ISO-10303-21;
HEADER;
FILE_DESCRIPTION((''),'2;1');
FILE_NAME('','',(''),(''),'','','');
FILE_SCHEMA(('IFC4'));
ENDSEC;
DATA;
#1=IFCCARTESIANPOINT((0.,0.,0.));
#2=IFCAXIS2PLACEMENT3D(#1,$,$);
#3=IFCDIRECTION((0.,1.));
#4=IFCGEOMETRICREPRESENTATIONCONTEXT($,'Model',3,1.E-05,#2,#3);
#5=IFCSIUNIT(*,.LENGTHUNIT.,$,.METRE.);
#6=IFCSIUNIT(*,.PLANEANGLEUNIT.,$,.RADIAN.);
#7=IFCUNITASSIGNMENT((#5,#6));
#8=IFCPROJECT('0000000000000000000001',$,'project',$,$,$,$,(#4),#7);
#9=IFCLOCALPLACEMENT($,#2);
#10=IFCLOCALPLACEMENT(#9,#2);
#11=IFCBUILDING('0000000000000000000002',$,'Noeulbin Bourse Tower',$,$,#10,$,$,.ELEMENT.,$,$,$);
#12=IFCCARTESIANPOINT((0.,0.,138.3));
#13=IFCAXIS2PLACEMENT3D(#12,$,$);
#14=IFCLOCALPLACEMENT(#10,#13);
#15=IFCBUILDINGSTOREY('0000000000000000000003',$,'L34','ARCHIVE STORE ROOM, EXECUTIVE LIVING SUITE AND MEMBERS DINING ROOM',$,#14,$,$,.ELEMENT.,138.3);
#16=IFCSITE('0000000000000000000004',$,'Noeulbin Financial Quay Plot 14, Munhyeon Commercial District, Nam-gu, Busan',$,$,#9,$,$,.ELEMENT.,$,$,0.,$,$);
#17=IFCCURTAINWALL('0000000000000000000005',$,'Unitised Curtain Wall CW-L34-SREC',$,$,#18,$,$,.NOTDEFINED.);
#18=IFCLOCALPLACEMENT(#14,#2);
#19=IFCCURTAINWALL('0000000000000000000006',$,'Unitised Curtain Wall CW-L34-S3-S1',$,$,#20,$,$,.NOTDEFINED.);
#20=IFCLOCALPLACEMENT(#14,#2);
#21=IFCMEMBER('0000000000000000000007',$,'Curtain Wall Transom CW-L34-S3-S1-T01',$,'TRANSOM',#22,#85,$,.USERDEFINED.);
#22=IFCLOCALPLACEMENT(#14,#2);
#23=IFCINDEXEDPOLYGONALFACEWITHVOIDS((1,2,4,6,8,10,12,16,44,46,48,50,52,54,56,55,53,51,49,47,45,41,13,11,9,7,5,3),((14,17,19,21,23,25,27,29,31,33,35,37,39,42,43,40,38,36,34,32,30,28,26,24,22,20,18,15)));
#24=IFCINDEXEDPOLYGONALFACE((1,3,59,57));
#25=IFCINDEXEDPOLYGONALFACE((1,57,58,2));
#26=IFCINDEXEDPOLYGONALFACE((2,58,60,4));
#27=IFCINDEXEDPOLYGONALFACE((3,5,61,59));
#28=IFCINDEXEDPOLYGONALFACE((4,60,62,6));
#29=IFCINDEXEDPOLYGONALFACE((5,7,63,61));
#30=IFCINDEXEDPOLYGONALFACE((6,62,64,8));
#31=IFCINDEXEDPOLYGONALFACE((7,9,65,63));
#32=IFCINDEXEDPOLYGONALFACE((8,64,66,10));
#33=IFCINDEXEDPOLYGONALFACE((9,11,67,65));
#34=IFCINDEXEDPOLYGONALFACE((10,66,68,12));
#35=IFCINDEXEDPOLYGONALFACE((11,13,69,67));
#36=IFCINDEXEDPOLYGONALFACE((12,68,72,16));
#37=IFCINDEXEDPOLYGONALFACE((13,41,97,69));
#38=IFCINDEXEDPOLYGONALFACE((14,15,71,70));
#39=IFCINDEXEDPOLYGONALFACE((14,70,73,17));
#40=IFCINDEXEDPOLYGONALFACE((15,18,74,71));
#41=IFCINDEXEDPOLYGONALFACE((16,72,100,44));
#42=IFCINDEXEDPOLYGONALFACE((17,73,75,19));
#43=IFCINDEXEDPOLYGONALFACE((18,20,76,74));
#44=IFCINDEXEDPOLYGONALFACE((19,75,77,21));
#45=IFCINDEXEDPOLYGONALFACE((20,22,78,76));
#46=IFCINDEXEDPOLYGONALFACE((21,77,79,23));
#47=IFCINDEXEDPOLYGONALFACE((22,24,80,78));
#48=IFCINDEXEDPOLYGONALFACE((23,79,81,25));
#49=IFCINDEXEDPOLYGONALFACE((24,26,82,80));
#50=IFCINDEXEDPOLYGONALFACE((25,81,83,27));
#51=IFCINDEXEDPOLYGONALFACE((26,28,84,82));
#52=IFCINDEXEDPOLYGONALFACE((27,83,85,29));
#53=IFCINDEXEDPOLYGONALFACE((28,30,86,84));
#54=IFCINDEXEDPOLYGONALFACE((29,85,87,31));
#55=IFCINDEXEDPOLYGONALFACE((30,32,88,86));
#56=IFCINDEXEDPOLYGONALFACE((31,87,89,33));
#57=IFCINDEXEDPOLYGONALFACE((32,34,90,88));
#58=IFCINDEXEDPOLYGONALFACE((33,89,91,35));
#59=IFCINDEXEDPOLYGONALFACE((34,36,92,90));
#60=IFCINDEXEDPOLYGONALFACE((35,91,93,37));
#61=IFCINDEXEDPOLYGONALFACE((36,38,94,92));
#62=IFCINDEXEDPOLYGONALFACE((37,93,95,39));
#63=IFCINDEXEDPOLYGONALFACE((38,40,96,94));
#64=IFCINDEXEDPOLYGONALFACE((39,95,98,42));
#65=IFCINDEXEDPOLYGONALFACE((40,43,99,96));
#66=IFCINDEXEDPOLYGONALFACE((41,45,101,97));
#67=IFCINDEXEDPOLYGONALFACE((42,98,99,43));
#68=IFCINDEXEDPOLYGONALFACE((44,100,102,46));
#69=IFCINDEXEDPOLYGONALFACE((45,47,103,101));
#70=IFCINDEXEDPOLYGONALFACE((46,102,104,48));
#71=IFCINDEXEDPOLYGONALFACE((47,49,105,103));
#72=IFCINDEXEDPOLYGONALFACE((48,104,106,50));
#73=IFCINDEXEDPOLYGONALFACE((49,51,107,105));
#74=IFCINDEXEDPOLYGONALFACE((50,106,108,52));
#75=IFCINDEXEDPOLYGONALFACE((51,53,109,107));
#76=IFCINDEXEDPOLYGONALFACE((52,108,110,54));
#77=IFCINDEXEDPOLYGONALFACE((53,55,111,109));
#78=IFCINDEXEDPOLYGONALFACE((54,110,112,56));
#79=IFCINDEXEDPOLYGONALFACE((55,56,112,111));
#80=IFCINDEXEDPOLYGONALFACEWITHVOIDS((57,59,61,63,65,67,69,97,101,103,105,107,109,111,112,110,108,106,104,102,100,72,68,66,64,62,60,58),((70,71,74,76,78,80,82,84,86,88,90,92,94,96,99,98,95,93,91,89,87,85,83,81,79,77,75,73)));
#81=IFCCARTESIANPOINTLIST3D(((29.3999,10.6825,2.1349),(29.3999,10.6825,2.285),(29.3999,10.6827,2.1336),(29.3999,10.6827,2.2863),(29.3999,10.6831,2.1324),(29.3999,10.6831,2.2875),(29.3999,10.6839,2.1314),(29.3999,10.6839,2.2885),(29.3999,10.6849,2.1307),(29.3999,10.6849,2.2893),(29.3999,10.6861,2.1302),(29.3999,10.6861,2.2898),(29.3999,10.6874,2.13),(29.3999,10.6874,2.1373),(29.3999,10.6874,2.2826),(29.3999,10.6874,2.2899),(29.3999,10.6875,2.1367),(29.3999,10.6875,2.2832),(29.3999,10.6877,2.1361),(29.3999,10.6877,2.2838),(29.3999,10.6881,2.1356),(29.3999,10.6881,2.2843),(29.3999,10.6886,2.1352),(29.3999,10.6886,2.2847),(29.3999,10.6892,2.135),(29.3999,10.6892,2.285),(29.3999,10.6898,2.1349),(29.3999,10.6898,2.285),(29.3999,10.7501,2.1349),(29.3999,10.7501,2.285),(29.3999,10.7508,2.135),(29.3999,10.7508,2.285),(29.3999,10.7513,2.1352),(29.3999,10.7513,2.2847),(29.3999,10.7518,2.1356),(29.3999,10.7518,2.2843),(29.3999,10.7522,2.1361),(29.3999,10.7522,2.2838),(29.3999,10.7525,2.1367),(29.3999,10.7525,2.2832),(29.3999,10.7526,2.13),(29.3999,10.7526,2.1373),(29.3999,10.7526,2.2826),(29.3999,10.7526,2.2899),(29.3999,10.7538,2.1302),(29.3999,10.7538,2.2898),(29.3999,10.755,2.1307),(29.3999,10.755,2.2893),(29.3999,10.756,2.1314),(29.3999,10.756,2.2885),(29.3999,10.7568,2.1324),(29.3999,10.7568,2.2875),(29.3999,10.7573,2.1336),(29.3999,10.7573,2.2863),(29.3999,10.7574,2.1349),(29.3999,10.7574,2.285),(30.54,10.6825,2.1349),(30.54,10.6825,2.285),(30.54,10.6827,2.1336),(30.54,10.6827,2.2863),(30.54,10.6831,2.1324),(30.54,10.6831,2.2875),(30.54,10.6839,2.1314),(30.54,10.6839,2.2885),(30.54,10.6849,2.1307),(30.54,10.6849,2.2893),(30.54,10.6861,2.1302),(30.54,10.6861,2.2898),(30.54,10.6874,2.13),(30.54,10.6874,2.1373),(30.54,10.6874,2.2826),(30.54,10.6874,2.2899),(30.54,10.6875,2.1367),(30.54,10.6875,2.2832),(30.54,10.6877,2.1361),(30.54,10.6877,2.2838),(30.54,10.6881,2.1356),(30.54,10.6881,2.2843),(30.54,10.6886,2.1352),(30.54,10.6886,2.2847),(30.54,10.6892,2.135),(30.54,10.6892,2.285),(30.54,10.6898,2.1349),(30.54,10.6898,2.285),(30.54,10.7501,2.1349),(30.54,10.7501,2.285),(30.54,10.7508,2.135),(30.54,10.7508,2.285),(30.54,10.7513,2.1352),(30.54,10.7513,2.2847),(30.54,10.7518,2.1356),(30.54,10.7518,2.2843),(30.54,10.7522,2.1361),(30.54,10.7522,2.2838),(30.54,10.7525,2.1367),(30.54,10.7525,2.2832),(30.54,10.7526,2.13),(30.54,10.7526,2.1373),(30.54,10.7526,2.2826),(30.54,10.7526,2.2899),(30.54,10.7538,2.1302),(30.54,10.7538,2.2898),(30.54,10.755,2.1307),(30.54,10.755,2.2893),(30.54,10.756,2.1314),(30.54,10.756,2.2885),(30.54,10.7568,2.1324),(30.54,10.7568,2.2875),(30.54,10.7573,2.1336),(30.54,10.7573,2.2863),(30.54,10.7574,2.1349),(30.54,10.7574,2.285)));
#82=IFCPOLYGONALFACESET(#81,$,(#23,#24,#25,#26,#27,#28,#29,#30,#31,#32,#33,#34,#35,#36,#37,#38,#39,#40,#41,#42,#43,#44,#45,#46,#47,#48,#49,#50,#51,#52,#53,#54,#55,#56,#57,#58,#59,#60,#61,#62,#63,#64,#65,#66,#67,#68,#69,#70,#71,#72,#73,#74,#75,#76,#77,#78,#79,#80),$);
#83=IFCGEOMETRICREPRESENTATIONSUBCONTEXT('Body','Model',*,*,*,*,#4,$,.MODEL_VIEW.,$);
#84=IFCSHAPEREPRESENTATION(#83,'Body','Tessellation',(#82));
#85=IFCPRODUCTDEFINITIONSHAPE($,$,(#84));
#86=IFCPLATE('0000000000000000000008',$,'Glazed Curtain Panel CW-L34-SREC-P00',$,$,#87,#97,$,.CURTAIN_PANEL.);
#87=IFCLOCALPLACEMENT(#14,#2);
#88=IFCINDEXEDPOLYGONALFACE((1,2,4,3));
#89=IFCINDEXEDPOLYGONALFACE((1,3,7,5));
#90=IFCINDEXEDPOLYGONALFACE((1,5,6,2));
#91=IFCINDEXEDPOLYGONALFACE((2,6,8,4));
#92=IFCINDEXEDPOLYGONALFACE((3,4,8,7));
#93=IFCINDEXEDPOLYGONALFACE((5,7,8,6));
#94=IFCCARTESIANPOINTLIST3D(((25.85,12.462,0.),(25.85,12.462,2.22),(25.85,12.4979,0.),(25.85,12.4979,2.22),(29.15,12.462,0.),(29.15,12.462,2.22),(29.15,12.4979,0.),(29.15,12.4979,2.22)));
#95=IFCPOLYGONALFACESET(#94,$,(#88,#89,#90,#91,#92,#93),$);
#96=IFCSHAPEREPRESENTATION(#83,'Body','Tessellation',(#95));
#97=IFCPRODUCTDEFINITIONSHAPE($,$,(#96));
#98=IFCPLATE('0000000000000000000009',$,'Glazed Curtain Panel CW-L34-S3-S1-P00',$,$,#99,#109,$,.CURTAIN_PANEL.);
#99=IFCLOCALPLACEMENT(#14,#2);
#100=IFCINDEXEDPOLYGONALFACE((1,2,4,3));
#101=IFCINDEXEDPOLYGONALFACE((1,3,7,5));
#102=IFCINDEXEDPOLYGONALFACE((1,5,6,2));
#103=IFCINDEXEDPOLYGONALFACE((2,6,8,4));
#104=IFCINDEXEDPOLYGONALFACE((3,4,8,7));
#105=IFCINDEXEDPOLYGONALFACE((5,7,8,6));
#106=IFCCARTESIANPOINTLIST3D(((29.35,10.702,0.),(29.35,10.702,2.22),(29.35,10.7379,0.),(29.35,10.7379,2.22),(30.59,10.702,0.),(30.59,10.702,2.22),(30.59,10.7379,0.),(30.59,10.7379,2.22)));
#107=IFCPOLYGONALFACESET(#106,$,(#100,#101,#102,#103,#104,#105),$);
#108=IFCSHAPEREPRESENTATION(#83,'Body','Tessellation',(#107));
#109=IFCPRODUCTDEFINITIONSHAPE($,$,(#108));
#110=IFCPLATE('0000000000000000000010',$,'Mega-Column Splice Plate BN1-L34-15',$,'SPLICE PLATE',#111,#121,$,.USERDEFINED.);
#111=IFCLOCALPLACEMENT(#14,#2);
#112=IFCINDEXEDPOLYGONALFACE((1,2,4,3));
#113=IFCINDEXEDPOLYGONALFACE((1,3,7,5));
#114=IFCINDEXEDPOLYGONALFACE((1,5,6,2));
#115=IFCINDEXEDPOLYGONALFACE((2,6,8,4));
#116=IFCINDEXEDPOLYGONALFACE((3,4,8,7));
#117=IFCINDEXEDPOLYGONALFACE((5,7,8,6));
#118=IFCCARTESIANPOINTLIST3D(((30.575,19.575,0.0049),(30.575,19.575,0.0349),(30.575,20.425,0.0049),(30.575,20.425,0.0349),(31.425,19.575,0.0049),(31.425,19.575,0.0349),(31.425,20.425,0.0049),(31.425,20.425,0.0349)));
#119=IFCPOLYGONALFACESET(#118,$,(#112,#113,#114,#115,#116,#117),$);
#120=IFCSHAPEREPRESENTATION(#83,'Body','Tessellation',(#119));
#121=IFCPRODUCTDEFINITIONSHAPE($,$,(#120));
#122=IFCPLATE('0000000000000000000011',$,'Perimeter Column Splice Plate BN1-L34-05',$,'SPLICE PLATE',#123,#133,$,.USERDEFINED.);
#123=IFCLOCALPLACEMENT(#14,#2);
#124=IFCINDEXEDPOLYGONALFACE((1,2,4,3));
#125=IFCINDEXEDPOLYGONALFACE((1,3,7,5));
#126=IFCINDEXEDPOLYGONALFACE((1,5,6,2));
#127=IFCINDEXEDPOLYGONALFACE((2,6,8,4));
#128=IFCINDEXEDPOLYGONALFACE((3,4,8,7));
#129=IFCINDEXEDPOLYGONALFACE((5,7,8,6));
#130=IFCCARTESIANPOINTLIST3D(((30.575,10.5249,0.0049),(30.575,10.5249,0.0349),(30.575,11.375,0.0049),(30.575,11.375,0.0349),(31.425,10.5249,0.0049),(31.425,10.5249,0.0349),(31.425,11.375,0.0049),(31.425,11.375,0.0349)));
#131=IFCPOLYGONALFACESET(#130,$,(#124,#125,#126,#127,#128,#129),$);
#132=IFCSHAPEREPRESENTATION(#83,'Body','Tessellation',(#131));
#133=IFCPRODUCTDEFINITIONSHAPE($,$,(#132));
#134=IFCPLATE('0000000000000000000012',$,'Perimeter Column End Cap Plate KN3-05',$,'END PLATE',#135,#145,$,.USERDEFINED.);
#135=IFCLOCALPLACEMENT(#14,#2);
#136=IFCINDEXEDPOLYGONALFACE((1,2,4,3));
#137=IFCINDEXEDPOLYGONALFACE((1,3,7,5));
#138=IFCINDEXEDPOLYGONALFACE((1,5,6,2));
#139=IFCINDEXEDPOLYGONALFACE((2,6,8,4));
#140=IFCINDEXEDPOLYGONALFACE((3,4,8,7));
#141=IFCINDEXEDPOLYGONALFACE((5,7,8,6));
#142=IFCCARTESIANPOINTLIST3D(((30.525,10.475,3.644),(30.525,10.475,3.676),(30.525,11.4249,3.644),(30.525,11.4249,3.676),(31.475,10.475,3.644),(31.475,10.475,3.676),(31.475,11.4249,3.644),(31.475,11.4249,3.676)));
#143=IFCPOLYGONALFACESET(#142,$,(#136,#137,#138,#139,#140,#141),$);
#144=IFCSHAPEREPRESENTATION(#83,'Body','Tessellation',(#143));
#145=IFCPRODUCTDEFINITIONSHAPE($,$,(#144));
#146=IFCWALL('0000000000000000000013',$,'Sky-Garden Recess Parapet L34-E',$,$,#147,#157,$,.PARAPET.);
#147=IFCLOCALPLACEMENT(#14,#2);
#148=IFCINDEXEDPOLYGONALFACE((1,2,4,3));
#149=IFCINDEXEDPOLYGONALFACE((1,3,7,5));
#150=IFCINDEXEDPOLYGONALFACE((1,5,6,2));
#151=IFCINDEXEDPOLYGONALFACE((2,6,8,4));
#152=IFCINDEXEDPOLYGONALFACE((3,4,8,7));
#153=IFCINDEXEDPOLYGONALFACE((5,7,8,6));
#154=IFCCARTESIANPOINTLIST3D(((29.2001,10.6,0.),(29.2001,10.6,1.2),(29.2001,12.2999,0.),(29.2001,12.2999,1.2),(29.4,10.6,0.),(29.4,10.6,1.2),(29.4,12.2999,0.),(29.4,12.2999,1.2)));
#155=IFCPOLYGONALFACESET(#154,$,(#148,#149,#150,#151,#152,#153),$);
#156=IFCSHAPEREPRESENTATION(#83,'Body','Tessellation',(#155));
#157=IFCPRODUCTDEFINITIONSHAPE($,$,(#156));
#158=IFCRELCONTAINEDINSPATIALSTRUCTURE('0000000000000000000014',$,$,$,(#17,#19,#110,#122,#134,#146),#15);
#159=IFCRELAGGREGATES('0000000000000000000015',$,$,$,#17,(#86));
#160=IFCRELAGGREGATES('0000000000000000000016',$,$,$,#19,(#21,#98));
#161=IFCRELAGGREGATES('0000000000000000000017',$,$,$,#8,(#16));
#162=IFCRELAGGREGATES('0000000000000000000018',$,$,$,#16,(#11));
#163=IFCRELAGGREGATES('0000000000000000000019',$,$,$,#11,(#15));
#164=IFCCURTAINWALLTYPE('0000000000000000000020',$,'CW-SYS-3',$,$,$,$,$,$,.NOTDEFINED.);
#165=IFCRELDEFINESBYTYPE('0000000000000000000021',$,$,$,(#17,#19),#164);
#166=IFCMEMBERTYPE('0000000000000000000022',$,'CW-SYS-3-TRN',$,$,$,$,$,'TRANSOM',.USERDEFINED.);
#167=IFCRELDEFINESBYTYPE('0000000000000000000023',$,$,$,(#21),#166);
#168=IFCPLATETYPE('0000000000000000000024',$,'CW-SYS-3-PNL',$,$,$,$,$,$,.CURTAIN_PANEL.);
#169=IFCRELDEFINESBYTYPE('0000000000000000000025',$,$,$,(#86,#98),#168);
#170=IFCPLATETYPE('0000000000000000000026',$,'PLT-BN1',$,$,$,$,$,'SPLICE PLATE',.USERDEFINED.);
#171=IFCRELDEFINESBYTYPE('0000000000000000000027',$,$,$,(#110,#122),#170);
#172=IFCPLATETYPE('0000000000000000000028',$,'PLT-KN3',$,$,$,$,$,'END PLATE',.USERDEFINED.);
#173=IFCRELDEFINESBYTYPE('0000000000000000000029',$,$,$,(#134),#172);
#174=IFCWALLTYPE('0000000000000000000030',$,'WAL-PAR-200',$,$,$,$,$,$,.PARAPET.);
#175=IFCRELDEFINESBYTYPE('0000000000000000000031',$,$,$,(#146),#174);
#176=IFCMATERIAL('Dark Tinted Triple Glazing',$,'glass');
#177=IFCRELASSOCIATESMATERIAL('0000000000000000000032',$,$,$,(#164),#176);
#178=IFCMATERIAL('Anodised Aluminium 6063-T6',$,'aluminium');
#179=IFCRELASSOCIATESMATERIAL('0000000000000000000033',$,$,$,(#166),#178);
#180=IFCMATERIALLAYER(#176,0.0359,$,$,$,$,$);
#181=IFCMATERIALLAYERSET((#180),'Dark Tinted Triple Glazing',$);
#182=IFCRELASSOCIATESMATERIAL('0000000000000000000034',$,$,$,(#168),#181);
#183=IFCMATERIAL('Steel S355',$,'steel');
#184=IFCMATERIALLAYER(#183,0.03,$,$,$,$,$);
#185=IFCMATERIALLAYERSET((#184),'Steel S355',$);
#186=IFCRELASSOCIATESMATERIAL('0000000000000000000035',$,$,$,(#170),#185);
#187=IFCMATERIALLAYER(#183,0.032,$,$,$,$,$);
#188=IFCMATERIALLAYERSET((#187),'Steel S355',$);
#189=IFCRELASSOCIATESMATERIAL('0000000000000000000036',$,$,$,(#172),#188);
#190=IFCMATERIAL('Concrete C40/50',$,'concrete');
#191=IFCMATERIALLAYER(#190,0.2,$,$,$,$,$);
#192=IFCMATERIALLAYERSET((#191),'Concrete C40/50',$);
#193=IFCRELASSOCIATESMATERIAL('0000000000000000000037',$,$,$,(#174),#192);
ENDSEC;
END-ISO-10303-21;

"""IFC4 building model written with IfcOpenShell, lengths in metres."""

from ifc_helpers import new_model, si_unit, direction, frame, frame_2d, origin, origin_2d, place, context, subcontext, project, spatial, rectangle, hollow_rectangle, extrude, material, layer, layer_set, material_profile, profile_set, type_object, element, aggregate, save


model = new_model("IFC4")

# Units and contexts
model_context = context("Model", 3, precision=1e-05, world=origin(), true_north=direction((0.0, 1.0)))
body_context = subcontext(model_context, "Body", "Model", "MODEL_VIEW")
ifc_project = project(units=[si_unit("LENGTHUNIT", "METRE"), si_unit("PLANEANGLEUNIT", "RADIAN")], contexts=[model_context])

# Site, building, storey
site_placement = place(None, origin())
site = spatial("IfcSite", under=ifc_project, at=site_placement, Name="Noeulbin Financial Quay Plot 14, Munhyeon Commercial District, Nam-gu, Busan", CompositionType="ELEMENT", RefElevation=0.0)
building_placement = place(site_placement, origin())
building = spatial("IfcBuilding", under=site, at=building_placement, Name="Noeulbin Bourse Tower", CompositionType="ELEMENT")
storey_placement = place(building_placement, frame((0.0, 0.0, 138.3)))
storey = spatial("IfcBuildingStorey", under=building, at=storey_placement, Name="L34", Description="ARCHIVE STORE ROOM, EXECUTIVE LIVING SUITE AND MEMBERS DINING ROOM", CompositionType="ELEMENT", Elevation=138.3)

# Shared definitions
ifc_material_1 = material(Name="Steel S355", Category="steel")

# Curtain wall
ifc_material_2 = material(Name="Dark Tinted Triple Glazing", Category="glass")
curtain_wall_type = type_object("IfcCurtainWallType", Name="CW-SYS-3", PredefinedType="NOTDEFINED", material=ifc_material_2)
curtain_wall_1_placement = place(storey_placement, origin())
curtain_wall_1 = element("IfcCurtainWall", 1, at=curtain_wall_1_placement, inside=storey, type_object=curtain_wall_type, Name="Unitised Curtain Wall CW-L34-SREC", PredefinedType="NOTDEFINED")
ifc_material_3 = material(Name="Anodised Aluminium 6063-T6", Category="aluminium")

# Curtain wall, member
curtain_wall_2_placement = place(storey_placement, origin())
curtain_wall_2 = element("IfcCurtainWall", 2, at=curtain_wall_2_placement, inside=storey, type_object=curtain_wall_type, Name="Unitised Curtain Wall CW-L34-S3-S1", PredefinedType="NOTDEFINED")
ifc_material_profile_1 = material_profile(ifc_material_3, hollow_rectangle(XDim=0.075, YDim=0.1599, WallThickness=0.0049, InnerFilletRadius=0.0024, OuterFilletRadius=0.0049, at=origin_2d()), Name="ALU-TRAN-75x160x5", Category="LoadBearing")
ifc_profile_set_1 = profile_set([ifc_material_profile_1], Name="Anodised Aluminium 6063-T6")
member_type_1 = type_object("IfcMemberType", Name="CW-SYS-3-TRN", ElementType="TRANSOM", PredefinedType="USERDEFINED", material=ifc_profile_set_1)
member_1_placement = place(storey_placement, frame((29.3999, 10.72, 2.21), z_axis=(1.0, 0.0, 0.0), x_axis=(0.0, 1.0, 0.0)))
member_1 = element("IfcMember", 3, at=member_1_placement, type_object=member_type_1, Name="Curtain Wall Transom CW-L34-S3-S1-T01", ObjectType="TRANSOM", PredefinedType="USERDEFINED", context=body_context, shape_type="SweptSolid", body=[
    extrude(hollow_rectangle(XDim=0.075, YDim=0.1599, WallThickness=0.0049, InnerFilletRadius=0.0024, OuterFilletRadius=0.0049, at=origin_2d()), origin(), (0.0, 0.0, 1.0), 1.1401),
])

# Plates
ifc_layer_1 = layer(ifc_material_2, 0.0359)
ifc_layer_set_1 = layer_set([ifc_layer_1], Name="Dark Tinted Triple Glazing")
plate_type_1 = type_object("IfcPlateType", Name="CW-SYS-3-PNL", PredefinedType="CURTAIN_PANEL", material=ifc_layer_set_1)
plate_1_placement = place(storey_placement, frame((27.5, 12.48, 0.0), z_axis=(0.0, 0.0, 1.0), x_axis=(1.0, 0.0, 0.0)))
plate_1 = element("IfcPlate", 4, at=plate_1_placement, type_object=plate_type_1, Name="Glazed Curtain Panel CW-L34-SREC-P00", PredefinedType="CURTAIN_PANEL", context=body_context, shape_type="SweptSolid", body=[
    extrude(rectangle(XDim=3.3, YDim=0.0359, at=origin_2d()), origin(), (0.0, 0.0, 1.0), 2.22),
])
aggregate(curtain_wall_1, [plate_1])
plate_2_placement = place(storey_placement, frame((29.97, 10.72, 0.0), z_axis=(0.0, 0.0, 1.0), x_axis=(1.0, 0.0, 0.0)))
plate_2 = element("IfcPlate", 5, at=plate_2_placement, type_object=plate_type_1, Name="Glazed Curtain Panel CW-L34-S3-S1-P00", PredefinedType="CURTAIN_PANEL", context=body_context, shape_type="SweptSolid", body=[
    extrude(rectangle(XDim=1.24, YDim=0.0359, at=origin_2d()), origin(), (0.0, 0.0, 1.0), 2.22),
])
aggregate(curtain_wall_2, [member_1, plate_2])

# Plates
ifc_layer_2 = layer(ifc_material_1, 0.03)
ifc_layer_set_2 = layer_set([ifc_layer_2], Name="Steel S355")
plate_type_2 = type_object("IfcPlateType", Name="PLT-BN1", ElementType="SPLICE PLATE", PredefinedType="USERDEFINED", material=ifc_layer_set_2)
for number, where, z_axis, x_axis, name in (
    (6, (31.0, 20.0, 0.0049), (0.0, 0.0, 1.0), (1.0, 0.0, 0.0), "Mega-Column Splice Plate BN1-L34-15"),
    (7, (31.0, 10.95, 0.0049), (0.0, 0.0, 1.0), (1.0, 0.0, 0.0), "Perimeter Column Splice Plate BN1-L34-05"),
):
    element("IfcPlate", number, at=place(storey_placement, frame(where, z_axis=z_axis, x_axis=x_axis)), inside=storey, type_object=plate_type_2, Name=name, ObjectType="SPLICE PLATE", PredefinedType="USERDEFINED", context=body_context, shape_type="SweptSolid", body=[
        extrude(rectangle(XDim=0.8501, YDim=0.8501, at=origin_2d()), origin(), (0.0, 0.0, 1.0), 0.03),
    ])
ifc_layer_3 = layer(ifc_material_1, 0.032)
ifc_layer_set_3 = layer_set([ifc_layer_3], Name="Steel S355")
plate_type_3 = type_object("IfcPlateType", Name="PLT-KN3", ElementType="END PLATE", PredefinedType="USERDEFINED", material=ifc_layer_set_3)
plate_3_placement = place(storey_placement, frame((31.0, 10.95, 3.644), z_axis=(0.0, 0.0, 1.0), x_axis=(1.0, 0.0, 0.0)))
element("IfcPlate", 8, at=plate_3_placement, inside=storey, type_object=plate_type_3, Name="Perimeter Column End Cap Plate KN3-05", ObjectType="END PLATE", PredefinedType="USERDEFINED", context=body_context, shape_type="SweptSolid", body=[
    extrude(rectangle(XDim=0.95, YDim=0.95, at=origin_2d()), origin(), (0.0, 0.0, 1.0), 0.032),
])

# Wall
ifc_material_4 = material(Name="Concrete C40/50", Category="concrete")
ifc_layer_4 = layer(ifc_material_4, 0.2)
ifc_layer_set_4 = layer_set([ifc_layer_4], Name="Concrete C40/50")
wall_type = type_object("IfcWallType", Name="WAL-PAR-200", PredefinedType="PARAPET", material=ifc_layer_set_4)
wall_placement = place(storey_placement, frame((29.3, 12.3, 0.0), z_axis=(0.0, 0.0, 1.0), x_axis=(0.0, -1.0, 0.0)))
element("IfcWall", 9, at=wall_placement, inside=storey, type_object=wall_type, Name="Sky-Garden Recess Parapet L34-E", PredefinedType="PARAPET", context=body_context, shape_type="SweptSolid", body=[
    extrude(rectangle(XDim=1.7, YDim=0.2, at=frame_2d((0.8501, 0.0))), origin(), (0.0, 0.0, 1.0), 1.2),
])

save(model, "model.ifc")
